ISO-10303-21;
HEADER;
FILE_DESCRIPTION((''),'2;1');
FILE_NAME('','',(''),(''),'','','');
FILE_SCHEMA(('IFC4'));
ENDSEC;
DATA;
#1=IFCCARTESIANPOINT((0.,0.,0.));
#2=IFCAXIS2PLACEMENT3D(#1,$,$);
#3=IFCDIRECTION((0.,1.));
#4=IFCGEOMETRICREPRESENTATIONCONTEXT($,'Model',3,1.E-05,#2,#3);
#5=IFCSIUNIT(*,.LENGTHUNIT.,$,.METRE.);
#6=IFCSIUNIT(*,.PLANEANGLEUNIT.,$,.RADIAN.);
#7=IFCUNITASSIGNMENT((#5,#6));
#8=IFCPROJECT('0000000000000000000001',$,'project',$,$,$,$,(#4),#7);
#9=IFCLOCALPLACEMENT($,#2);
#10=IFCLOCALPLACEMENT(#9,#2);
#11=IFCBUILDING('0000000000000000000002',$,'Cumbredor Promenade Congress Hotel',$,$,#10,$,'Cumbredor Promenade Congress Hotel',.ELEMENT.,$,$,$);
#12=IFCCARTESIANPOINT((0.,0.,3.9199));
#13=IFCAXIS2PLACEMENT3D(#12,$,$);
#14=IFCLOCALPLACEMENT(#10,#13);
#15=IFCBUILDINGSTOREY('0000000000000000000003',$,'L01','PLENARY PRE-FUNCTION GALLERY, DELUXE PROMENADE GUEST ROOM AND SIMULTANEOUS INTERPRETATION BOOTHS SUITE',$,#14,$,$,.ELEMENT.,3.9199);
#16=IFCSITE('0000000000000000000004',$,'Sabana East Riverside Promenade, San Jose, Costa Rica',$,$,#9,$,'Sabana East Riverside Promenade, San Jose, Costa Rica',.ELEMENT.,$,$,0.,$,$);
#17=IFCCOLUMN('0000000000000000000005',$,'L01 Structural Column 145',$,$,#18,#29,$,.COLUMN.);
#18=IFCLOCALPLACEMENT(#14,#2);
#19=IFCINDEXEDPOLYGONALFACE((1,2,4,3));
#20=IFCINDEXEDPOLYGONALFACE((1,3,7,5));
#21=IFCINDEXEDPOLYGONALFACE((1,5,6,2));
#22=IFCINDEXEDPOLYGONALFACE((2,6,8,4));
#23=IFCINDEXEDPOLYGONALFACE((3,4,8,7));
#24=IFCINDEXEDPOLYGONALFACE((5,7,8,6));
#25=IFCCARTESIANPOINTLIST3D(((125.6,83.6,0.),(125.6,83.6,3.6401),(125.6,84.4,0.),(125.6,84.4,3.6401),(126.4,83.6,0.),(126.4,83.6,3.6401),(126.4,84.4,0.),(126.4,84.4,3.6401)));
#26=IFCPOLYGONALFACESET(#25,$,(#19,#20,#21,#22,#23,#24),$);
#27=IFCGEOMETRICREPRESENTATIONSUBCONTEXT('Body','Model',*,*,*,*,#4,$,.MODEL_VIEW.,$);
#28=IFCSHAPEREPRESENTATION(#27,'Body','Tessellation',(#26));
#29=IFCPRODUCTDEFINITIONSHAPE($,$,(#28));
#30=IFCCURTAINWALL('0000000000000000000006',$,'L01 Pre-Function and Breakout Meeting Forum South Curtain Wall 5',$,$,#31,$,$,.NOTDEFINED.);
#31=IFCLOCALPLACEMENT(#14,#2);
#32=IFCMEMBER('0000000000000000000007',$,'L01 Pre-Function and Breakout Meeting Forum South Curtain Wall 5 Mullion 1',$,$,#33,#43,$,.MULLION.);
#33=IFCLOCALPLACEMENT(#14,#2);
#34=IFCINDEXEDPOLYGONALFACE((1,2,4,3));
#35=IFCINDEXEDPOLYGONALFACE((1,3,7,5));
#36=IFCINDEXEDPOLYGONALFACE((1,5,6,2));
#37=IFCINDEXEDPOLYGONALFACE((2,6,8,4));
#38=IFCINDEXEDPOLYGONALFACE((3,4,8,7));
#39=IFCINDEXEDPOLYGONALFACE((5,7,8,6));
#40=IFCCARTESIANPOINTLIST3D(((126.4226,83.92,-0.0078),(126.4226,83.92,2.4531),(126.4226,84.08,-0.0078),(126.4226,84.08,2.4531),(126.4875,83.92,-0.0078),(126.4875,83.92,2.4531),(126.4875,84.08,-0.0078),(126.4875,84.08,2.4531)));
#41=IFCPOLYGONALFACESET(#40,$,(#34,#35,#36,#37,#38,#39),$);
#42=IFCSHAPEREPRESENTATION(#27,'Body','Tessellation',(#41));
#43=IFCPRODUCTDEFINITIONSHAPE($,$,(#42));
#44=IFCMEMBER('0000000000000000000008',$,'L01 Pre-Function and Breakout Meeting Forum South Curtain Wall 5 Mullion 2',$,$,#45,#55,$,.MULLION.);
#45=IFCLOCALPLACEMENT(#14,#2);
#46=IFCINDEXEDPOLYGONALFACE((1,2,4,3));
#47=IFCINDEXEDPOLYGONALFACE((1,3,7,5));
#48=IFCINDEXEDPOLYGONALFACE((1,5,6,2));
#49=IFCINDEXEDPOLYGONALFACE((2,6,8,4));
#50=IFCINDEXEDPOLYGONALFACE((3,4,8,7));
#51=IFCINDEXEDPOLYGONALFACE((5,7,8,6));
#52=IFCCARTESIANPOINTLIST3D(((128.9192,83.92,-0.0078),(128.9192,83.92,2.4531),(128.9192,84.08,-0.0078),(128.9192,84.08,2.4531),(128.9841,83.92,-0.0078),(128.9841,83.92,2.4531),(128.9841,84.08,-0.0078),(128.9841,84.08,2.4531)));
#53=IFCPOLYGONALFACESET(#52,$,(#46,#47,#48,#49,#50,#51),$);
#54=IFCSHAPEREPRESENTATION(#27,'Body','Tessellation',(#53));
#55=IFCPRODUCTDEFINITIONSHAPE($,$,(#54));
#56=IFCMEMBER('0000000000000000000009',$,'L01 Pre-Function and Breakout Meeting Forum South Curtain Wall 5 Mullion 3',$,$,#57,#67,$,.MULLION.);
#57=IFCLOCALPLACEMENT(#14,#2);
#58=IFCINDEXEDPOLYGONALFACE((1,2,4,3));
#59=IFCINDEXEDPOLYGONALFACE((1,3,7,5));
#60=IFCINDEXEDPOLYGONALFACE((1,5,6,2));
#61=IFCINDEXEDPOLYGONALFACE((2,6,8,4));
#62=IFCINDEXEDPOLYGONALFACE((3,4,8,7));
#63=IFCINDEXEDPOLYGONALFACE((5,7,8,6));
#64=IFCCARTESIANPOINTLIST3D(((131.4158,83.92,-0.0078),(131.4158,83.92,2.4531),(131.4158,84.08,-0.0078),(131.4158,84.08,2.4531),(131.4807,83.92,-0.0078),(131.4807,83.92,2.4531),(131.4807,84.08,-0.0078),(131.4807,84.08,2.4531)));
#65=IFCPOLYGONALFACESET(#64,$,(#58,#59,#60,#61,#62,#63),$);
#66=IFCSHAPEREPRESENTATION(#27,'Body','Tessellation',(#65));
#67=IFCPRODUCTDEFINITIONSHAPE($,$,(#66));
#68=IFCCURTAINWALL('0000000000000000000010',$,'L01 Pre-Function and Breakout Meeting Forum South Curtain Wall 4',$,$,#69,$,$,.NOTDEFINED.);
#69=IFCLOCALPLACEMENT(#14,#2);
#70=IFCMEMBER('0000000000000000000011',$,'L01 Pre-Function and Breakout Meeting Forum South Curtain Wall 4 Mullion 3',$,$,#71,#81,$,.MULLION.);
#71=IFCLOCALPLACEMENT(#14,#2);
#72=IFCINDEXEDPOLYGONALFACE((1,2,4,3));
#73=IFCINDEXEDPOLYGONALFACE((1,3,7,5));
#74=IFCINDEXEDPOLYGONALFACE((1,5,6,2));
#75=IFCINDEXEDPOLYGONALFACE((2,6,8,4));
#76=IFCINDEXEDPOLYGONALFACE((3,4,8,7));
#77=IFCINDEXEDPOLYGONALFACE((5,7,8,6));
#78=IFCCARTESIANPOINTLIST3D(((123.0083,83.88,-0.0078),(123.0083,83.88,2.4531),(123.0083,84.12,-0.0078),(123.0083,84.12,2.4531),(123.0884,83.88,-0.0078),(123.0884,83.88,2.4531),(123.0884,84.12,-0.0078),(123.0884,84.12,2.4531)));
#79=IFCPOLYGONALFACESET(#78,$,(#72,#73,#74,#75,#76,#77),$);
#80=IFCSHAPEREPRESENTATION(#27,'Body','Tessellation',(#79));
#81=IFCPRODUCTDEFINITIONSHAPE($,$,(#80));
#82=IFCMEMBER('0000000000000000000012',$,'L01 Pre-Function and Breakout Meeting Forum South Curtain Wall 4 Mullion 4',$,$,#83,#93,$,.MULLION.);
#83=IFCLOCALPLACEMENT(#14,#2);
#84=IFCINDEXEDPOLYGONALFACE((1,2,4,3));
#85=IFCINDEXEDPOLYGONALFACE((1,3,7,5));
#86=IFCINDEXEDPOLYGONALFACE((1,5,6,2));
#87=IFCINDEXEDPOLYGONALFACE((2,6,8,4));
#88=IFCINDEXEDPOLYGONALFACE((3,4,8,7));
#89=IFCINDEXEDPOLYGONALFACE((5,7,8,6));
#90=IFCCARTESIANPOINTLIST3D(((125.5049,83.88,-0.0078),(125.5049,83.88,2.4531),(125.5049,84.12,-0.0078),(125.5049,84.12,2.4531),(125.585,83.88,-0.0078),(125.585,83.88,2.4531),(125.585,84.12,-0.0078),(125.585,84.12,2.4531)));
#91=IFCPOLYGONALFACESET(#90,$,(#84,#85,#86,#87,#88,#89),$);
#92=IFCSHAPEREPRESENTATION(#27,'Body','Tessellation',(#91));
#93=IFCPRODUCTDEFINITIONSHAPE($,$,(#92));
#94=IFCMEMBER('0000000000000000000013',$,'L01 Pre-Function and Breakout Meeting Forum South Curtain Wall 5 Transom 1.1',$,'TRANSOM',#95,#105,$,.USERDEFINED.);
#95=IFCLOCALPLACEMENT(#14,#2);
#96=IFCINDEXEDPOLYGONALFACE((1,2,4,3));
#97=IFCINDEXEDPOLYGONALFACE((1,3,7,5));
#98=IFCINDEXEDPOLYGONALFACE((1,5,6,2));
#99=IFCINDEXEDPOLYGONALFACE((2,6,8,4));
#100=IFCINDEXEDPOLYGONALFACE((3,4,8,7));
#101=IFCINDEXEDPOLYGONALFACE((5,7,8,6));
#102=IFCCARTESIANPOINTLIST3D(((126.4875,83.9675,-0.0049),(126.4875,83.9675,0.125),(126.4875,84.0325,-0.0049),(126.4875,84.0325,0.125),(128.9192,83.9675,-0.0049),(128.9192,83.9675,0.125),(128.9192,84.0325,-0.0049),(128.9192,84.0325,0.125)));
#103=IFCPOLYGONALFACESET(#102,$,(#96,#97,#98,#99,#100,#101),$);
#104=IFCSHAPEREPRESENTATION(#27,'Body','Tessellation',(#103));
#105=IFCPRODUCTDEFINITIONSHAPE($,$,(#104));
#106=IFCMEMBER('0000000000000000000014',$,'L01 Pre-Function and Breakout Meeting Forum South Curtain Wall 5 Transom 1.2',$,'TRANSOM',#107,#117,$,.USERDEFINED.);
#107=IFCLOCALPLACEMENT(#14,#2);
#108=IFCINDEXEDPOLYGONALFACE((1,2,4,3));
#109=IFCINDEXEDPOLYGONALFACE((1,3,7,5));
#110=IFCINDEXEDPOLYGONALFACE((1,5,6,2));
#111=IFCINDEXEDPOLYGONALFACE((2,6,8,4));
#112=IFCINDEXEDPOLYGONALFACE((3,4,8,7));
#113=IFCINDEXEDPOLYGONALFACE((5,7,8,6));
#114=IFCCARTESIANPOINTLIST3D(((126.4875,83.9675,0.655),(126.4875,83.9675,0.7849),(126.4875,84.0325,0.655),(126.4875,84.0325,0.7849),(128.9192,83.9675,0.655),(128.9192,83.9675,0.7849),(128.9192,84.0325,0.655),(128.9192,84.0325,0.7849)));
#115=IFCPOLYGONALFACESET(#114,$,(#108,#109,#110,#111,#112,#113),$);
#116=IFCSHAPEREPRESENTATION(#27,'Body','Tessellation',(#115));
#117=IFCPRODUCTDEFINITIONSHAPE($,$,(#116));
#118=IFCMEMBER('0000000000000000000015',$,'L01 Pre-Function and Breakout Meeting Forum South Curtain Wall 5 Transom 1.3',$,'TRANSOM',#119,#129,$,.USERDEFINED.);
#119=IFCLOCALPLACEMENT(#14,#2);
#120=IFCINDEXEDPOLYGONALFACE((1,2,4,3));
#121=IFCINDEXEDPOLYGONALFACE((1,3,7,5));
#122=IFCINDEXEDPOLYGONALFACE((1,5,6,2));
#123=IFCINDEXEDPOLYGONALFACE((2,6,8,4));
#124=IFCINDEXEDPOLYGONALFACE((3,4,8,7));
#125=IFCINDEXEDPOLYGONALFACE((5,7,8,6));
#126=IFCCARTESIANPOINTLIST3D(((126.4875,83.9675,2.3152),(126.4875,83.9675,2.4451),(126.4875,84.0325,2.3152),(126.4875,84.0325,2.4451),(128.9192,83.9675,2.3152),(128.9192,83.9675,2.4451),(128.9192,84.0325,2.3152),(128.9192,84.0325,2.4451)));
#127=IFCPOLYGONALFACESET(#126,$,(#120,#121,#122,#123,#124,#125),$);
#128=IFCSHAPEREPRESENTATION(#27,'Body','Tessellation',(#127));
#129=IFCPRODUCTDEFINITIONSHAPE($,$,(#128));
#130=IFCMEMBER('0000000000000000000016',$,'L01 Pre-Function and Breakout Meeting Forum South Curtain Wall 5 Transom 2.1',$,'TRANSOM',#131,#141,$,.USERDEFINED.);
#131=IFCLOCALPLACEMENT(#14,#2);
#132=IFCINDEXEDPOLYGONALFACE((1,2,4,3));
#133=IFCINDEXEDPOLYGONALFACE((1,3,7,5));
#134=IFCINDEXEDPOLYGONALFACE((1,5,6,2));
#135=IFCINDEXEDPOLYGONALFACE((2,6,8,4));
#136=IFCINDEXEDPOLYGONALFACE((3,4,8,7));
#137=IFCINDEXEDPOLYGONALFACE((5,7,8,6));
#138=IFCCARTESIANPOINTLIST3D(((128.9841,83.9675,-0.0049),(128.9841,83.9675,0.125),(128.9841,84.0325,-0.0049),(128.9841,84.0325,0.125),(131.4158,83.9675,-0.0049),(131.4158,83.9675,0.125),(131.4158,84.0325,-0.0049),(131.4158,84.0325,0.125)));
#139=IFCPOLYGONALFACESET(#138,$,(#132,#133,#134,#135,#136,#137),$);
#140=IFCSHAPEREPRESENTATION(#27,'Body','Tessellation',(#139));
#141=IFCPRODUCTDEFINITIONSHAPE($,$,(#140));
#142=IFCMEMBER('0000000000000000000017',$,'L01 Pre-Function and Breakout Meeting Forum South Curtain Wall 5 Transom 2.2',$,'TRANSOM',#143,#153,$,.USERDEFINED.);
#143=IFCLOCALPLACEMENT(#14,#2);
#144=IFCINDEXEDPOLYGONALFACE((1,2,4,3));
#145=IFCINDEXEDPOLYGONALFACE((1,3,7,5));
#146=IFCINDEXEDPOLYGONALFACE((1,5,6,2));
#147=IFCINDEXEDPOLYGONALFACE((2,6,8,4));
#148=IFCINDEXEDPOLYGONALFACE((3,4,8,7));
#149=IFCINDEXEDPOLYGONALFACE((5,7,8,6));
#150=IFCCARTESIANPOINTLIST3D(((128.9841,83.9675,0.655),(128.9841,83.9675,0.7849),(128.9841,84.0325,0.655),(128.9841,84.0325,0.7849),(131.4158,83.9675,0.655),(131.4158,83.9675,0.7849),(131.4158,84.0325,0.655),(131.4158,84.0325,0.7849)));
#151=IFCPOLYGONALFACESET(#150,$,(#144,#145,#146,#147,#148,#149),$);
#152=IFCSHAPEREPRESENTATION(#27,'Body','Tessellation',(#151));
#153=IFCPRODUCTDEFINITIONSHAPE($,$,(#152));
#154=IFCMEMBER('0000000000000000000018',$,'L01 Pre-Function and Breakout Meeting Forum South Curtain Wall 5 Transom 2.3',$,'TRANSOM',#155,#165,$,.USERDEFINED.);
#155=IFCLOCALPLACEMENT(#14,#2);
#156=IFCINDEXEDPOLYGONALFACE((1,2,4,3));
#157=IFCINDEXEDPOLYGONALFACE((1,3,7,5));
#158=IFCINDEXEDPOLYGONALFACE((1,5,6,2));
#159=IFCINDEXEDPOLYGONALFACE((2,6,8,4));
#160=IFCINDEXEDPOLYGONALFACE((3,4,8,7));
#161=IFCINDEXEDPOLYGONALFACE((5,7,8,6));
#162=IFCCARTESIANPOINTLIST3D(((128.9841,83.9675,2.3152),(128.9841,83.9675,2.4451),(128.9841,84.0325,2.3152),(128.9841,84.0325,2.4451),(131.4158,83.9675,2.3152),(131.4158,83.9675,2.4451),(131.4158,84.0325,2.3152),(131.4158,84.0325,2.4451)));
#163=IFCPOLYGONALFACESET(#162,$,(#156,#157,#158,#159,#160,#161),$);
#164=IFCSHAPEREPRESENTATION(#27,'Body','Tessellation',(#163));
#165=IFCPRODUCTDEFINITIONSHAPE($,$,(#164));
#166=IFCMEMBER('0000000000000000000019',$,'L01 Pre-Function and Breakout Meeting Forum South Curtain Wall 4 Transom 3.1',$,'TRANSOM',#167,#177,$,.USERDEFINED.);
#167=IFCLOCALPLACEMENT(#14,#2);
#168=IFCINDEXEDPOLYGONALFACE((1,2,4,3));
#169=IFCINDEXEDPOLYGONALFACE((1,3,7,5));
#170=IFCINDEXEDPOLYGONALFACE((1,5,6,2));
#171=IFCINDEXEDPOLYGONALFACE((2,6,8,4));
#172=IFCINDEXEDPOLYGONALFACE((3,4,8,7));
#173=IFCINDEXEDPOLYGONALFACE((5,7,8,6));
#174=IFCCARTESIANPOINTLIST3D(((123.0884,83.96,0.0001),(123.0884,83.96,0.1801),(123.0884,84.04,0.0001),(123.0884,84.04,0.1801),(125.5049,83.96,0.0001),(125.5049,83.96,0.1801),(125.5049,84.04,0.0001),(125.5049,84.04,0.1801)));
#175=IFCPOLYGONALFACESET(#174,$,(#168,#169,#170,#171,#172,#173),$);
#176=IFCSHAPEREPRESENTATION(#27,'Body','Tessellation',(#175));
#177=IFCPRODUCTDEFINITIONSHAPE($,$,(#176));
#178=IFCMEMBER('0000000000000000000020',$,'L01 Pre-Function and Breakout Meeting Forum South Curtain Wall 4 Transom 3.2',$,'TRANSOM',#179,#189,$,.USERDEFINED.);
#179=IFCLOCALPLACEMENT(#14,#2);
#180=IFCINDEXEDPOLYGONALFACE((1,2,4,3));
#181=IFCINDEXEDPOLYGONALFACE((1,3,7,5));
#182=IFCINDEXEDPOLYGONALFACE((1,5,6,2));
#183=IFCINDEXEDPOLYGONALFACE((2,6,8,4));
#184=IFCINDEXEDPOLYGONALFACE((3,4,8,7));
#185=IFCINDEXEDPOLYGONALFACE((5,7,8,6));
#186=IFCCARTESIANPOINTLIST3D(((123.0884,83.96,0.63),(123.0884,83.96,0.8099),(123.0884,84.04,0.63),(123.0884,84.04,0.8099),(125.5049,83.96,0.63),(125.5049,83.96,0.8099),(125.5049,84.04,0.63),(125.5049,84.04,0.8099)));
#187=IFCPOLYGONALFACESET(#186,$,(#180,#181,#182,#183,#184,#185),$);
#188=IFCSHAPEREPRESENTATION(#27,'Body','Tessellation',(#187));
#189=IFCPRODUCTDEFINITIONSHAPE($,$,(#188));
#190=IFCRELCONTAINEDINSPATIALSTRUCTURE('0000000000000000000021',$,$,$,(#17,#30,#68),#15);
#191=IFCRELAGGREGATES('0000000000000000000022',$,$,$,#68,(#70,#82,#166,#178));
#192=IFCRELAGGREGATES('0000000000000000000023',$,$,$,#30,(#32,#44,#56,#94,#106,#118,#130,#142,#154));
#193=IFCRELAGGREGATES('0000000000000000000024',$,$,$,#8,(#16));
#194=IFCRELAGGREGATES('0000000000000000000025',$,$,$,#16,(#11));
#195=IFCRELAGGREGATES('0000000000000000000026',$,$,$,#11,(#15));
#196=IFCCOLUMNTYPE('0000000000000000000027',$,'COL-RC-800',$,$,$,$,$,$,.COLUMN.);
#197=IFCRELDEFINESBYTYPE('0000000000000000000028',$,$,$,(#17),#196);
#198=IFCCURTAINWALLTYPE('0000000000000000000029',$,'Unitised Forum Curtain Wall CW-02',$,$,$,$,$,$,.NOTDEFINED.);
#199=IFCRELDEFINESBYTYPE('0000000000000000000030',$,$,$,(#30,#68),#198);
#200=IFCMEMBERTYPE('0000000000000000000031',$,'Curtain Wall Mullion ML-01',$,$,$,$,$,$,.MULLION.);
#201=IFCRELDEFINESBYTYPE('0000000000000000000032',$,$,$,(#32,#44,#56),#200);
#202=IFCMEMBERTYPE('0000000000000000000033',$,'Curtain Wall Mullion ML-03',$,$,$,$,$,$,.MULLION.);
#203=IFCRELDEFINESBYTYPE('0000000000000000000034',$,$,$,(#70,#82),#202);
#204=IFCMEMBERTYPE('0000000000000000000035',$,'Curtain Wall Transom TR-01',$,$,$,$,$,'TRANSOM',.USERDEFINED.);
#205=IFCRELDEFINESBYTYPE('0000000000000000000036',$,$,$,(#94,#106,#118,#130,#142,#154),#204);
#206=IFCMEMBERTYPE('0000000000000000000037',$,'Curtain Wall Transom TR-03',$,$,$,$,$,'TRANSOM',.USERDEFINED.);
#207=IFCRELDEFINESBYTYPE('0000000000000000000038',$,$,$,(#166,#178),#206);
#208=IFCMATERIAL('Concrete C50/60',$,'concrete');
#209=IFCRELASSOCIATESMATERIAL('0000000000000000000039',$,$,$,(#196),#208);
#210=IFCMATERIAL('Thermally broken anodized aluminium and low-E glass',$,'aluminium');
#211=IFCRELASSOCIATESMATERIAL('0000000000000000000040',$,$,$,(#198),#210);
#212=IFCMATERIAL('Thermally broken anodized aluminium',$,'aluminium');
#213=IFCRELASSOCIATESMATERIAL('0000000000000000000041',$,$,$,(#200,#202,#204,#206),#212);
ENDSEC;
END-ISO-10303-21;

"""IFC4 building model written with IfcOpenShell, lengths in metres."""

from ifc_helpers import new_model, si_unit, direction, frame, origin, origin_2d, place, context, subcontext, project, spatial, rectangle, extrude, material, material_profile, profile_set, type_object, element, aggregate, save


model = new_model("IFC4")

# Units and contexts
model_context = context("Model", 3, precision=1e-05, world=origin(), true_north=direction((0.0, 1.0)))
body_context = subcontext(model_context, "Body", "Model", "MODEL_VIEW")
ifc_project = project(units=[si_unit("LENGTHUNIT", "METRE"), si_unit("PLANEANGLEUNIT", "RADIAN")], contexts=[model_context])

# Site, building, storey
site_placement = place(None, origin())
site = spatial("IfcSite", under=ifc_project, at=site_placement, Name="Sabana East Riverside Promenade, San Jose, Costa Rica", LongName="Sabana East Riverside Promenade, San Jose, Costa Rica", CompositionType="ELEMENT", RefElevation=0.0)
building_placement = place(site_placement, origin())
building = spatial("IfcBuilding", under=site, at=building_placement, Name="Cumbredor Promenade Congress Hotel", LongName="Cumbredor Promenade Congress Hotel", CompositionType="ELEMENT")
storey_placement = place(building_placement, frame((0.0, 0.0, 3.9199)))
storey = spatial("IfcBuildingStorey", under=building, at=storey_placement, Name="L01", Description="PLENARY PRE-FUNCTION GALLERY, DELUXE PROMENADE GUEST ROOM AND SIMULTANEOUS INTERPRETATION BOOTHS SUITE", CompositionType="ELEMENT", Elevation=3.9199)

# Column
ifc_material_1 = material(Name="Concrete C50/60", Category="concrete")
ifc_material_profile_1 = material_profile(ifc_material_1, rectangle(XDim=0.8, YDim=0.8, at=origin_2d()), Name="RC 800x800")
ifc_profile_set_1 = profile_set([ifc_material_profile_1], Name="Concrete C50/60")
column_type = type_object("IfcColumnType", Name="COL-RC-800", PredefinedType="COLUMN", material=ifc_profile_set_1)
column_placement = place(storey_placement, frame((126.0, 84.0, 0.0), z_axis=(0.0, 0.0, 1.0), x_axis=(1.0, 0.0, 0.0)))
element("IfcColumn", 1, at=column_placement, inside=storey, type_object=column_type, Name="L01 Structural Column 145", PredefinedType="COLUMN", context=body_context, shape_type="SweptSolid", body=[
    extrude(rectangle(XDim=0.8, YDim=0.8, at=origin_2d()), origin(), (0.0, 0.0, 1.0), 3.6401),
])

# Curtain walls, members
ifc_material_2 = material(Name="Thermally broken anodized aluminium and low-E glass", Category="aluminium")
curtain_wall_type = type_object("IfcCurtainWallType", Name="Unitised Forum Curtain Wall CW-02", PredefinedType="NOTDEFINED", material=ifc_material_2)
curtain_wall_1_placement = place(storey_placement, origin())
curtain_wall_1 = element("IfcCurtainWall", 2, at=curtain_wall_1_placement, inside=storey, type_object=curtain_wall_type, Name="L01 Pre-Function and Breakout Meeting Forum South Curtain Wall 5", PredefinedType="NOTDEFINED")
ifc_material_3 = material(Name="Thermally broken anodized aluminium", Category="aluminium")
ifc_material_profile_2 = material_profile(ifc_material_3, rectangle(XDim=0.0649, YDim=0.1599, at=origin_2d()), Name="ALU MULLION 65x160")
ifc_profile_set_2 = profile_set([ifc_material_profile_2], Name="Thermally broken anodized aluminium")
member_type_1 = type_object("IfcMemberType", Name="Curtain Wall Mullion ML-01", PredefinedType="MULLION", material=ifc_profile_set_2)
member_1_placement = place(storey_placement, frame((126.4551, 84.0, -0.0078), z_axis=(0.0, 0.0, 1.0), x_axis=(1.0, 0.0, 0.0)))
member_1 = element("IfcMember", 3, at=member_1_placement, type_object=member_type_1, Name="L01 Pre-Function and Breakout Meeting Forum South Curtain Wall 5 Mullion 1", PredefinedType="MULLION", context=body_context, shape_type="SweptSolid", body=[
    extrude(rectangle(XDim=0.0649, YDim=0.1599, at=origin_2d()), origin(), (0.0, 0.0, 1.0), 2.4609),
])
member_2_placement = place(storey_placement, frame((128.9517, 84.0, -0.0078), z_axis=(0.0, 0.0, 1.0), x_axis=(1.0, 0.0, 0.0)))
member_2 = element("IfcMember", 4, at=member_2_placement, type_object=member_type_1, Name="L01 Pre-Function and Breakout Meeting Forum South Curtain Wall 5 Mullion 2", PredefinedType="MULLION", context=body_context, shape_type="SweptSolid", body=[
    extrude(rectangle(XDim=0.0649, YDim=0.1599, at=origin_2d()), origin(), (0.0, 0.0, 1.0), 2.4609),
])
member_3_placement = place(storey_placement, frame((131.4482, 84.0, -0.0078), z_axis=(0.0, 0.0, 1.0), x_axis=(1.0, 0.0, 0.0)))
member_3 = element("IfcMember", 5, at=member_3_placement, type_object=member_type_1, Name="L01 Pre-Function and Breakout Meeting Forum South Curtain Wall 5 Mullion 3", PredefinedType="MULLION", context=body_context, shape_type="SweptSolid", body=[
    extrude(rectangle(XDim=0.0649, YDim=0.1599, at=origin_2d()), origin(), (0.0, 0.0, 1.0), 2.4609),
])
curtain_wall_2_placement = place(storey_placement, origin())
curtain_wall_2 = element("IfcCurtainWall", 6, at=curtain_wall_2_placement, inside=storey, type_object=curtain_wall_type, Name="L01 Pre-Function and Breakout Meeting Forum South Curtain Wall 4", PredefinedType="NOTDEFINED")
ifc_material_profile_3 = material_profile(ifc_material_3, rectangle(XDim=0.0801, YDim=0.24, at=origin_2d()), Name="ALU MULLION 80x240")
ifc_profile_set_3 = profile_set([ifc_material_profile_3], Name="Thermally broken anodized aluminium")
member_type_2 = type_object("IfcMemberType", Name="Curtain Wall Mullion ML-03", PredefinedType="MULLION", material=ifc_profile_set_3)
member_4_placement = place(storey_placement, frame((123.0483, 84.0, -0.0078), z_axis=(0.0, 0.0, 1.0), x_axis=(1.0, 0.0, 0.0)))
member_4 = element("IfcMember", 7, at=member_4_placement, type_object=member_type_2, Name="L01 Pre-Function and Breakout Meeting Forum South Curtain Wall 4 Mullion 3", PredefinedType="MULLION", context=body_context, shape_type="SweptSolid", body=[
    extrude(rectangle(XDim=0.0801, YDim=0.24, at=origin_2d()), origin(), (0.0, 0.0, 1.0), 2.4609),
])
member_5_placement = place(storey_placement, frame((125.5449, 84.0, -0.0078), z_axis=(0.0, 0.0, 1.0), x_axis=(1.0, 0.0, 0.0)))
member_5 = element("IfcMember", 8, at=member_5_placement, type_object=member_type_2, Name="L01 Pre-Function and Breakout Meeting Forum South Curtain Wall 4 Mullion 4", PredefinedType="MULLION", context=body_context, shape_type="SweptSolid", body=[
    extrude(rectangle(XDim=0.0801, YDim=0.24, at=origin_2d()), origin(), (0.0, 0.0, 1.0), 2.4609),
])

# Members
ifc_material_profile_4 = material_profile(ifc_material_3, rectangle(XDim=0.0649, YDim=0.1299, at=origin_2d()), Name="ALU TRANSOM 65x130")
ifc_profile_set_4 = profile_set([ifc_material_profile_4], Name="Thermally broken anodized aluminium")
member_type_3 = type_object("IfcMemberType", Name="Curtain Wall Transom TR-01", ElementType="TRANSOM", PredefinedType="USERDEFINED", material=ifc_profile_set_4)
member_6_placement = place(storey_placement, frame((126.4875, 84.0, 0.0601), z_axis=(1.0, 0.0, 0.0), x_axis=(0.0, 1.0, 0.0)))
member_6 = element("IfcMember", 9, at=member_6_placement, type_object=member_type_3, Name="L01 Pre-Function and Breakout Meeting Forum South Curtain Wall 5 Transom 1.1", ObjectType="TRANSOM", PredefinedType="USERDEFINED", context=body_context, shape_type="SweptSolid", body=[
    extrude(rectangle(XDim=0.0649, YDim=0.1299, at=origin_2d()), origin(), (0.0, 0.0, 1.0), 2.4316),
])
member_7_placement = place(storey_placement, frame((126.4875, 84.0, 0.72), z_axis=(1.0, 0.0, 0.0), x_axis=(0.0, 1.0, 0.0)))
member_7 = element("IfcMember", 10, at=member_7_placement, type_object=member_type_3, Name="L01 Pre-Function and Breakout Meeting Forum South Curtain Wall 5 Transom 1.2", ObjectType="TRANSOM", PredefinedType="USERDEFINED", context=body_context, shape_type="SweptSolid", body=[
    extrude(rectangle(XDim=0.0649, YDim=0.1299, at=origin_2d()), origin(), (0.0, 0.0, 1.0), 2.4316),
])
member_8_placement = place(storey_placement, frame((126.4875, 84.0, 2.3801), z_axis=(1.0, 0.0, 0.0), x_axis=(0.0, 1.0, 0.0)))
member_8 = element("IfcMember", 11, at=member_8_placement, type_object=member_type_3, Name="L01 Pre-Function and Breakout Meeting Forum South Curtain Wall 5 Transom 1.3", ObjectType="TRANSOM", PredefinedType="USERDEFINED", context=body_context, shape_type="SweptSolid", body=[
    extrude(rectangle(XDim=0.0649, YDim=0.1299, at=origin_2d()), origin(), (0.0, 0.0, 1.0), 2.4316),
])
member_9_placement = place(storey_placement, frame((128.9841, 84.0, 0.0601), z_axis=(1.0, 0.0, 0.0), x_axis=(0.0, 1.0, 0.0)))
member_9 = element("IfcMember", 12, at=member_9_placement, type_object=member_type_3, Name="L01 Pre-Function and Breakout Meeting Forum South Curtain Wall 5 Transom 2.1", ObjectType="TRANSOM", PredefinedType="USERDEFINED", context=body_context, shape_type="SweptSolid", body=[
    extrude(rectangle(XDim=0.0649, YDim=0.1299, at=origin_2d()), origin(), (0.0, 0.0, 1.0), 2.4316),
])
member_10_placement = place(storey_placement, frame((128.9841, 84.0, 0.72), z_axis=(1.0, 0.0, 0.0), x_axis=(0.0, 1.0, 0.0)))
member_10 = element("IfcMember", 13, at=member_10_placement, type_object=member_type_3, Name="L01 Pre-Function and Breakout Meeting Forum South Curtain Wall 5 Transom 2.2", ObjectType="TRANSOM", PredefinedType="USERDEFINED", context=body_context, shape_type="SweptSolid", body=[
    extrude(rectangle(XDim=0.0649, YDim=0.1299, at=origin_2d()), origin(), (0.0, 0.0, 1.0), 2.4316),
])
member_11_placement = place(storey_placement, frame((128.9841, 84.0, 2.3801), z_axis=(1.0, 0.0, 0.0), x_axis=(0.0, 1.0, 0.0)))
member_11 = element("IfcMember", 14, at=member_11_placement, type_object=member_type_3, Name="L01 Pre-Function and Breakout Meeting Forum South Curtain Wall 5 Transom 2.3", ObjectType="TRANSOM", PredefinedType="USERDEFINED", context=body_context, shape_type="SweptSolid", body=[
    extrude(rectangle(XDim=0.0649, YDim=0.1299, at=origin_2d()), origin(), (0.0, 0.0, 1.0), 2.4316),
])
ifc_material_profile_5 = material_profile(ifc_material_3, rectangle(XDim=0.0801, YDim=0.1799, at=origin_2d()), Name="ALU TRANSOM 80x180")
ifc_profile_set_5 = profile_set([ifc_material_profile_5], Name="Thermally broken anodized aluminium")
member_type_4 = type_object("IfcMemberType", Name="Curtain Wall Transom TR-03", ElementType="TRANSOM", PredefinedType="USERDEFINED", material=ifc_profile_set_5)
member_12_placement = place(storey_placement, frame((123.0884, 84.0, 0.0901), z_axis=(1.0, 0.0, 0.0), x_axis=(0.0, 1.0, 0.0)))
member_12 = element("IfcMember", 15, at=member_12_placement, type_object=member_type_4, Name="L01 Pre-Function and Breakout Meeting Forum South Curtain Wall 4 Transom 3.1", ObjectType="TRANSOM", PredefinedType="USERDEFINED", context=body_context, shape_type="SweptSolid", body=[
    extrude(rectangle(XDim=0.0801, YDim=0.1799, at=origin_2d()), origin(), (0.0, 0.0, 1.0), 2.4165),
])
member_13_placement = place(storey_placement, frame((123.0884, 84.0, 0.72), z_axis=(1.0, 0.0, 0.0), x_axis=(0.0, 1.0, 0.0)))
member_13 = element("IfcMember", 16, at=member_13_placement, type_object=member_type_4, Name="L01 Pre-Function and Breakout Meeting Forum South Curtain Wall 4 Transom 3.2", ObjectType="TRANSOM", PredefinedType="USERDEFINED", context=body_context, shape_type="SweptSolid", body=[
    extrude(rectangle(XDim=0.0801, YDim=0.1799, at=origin_2d()), origin(), (0.0, 0.0, 1.0), 2.4165),
])

aggregate(curtain_wall_2, [member_4, member_5, member_12, member_13])
aggregate(curtain_wall_1, [member_1, member_2, member_3, member_6, member_7, member_8, member_9, member_10, member_11])

save(model, "model.ifc")
